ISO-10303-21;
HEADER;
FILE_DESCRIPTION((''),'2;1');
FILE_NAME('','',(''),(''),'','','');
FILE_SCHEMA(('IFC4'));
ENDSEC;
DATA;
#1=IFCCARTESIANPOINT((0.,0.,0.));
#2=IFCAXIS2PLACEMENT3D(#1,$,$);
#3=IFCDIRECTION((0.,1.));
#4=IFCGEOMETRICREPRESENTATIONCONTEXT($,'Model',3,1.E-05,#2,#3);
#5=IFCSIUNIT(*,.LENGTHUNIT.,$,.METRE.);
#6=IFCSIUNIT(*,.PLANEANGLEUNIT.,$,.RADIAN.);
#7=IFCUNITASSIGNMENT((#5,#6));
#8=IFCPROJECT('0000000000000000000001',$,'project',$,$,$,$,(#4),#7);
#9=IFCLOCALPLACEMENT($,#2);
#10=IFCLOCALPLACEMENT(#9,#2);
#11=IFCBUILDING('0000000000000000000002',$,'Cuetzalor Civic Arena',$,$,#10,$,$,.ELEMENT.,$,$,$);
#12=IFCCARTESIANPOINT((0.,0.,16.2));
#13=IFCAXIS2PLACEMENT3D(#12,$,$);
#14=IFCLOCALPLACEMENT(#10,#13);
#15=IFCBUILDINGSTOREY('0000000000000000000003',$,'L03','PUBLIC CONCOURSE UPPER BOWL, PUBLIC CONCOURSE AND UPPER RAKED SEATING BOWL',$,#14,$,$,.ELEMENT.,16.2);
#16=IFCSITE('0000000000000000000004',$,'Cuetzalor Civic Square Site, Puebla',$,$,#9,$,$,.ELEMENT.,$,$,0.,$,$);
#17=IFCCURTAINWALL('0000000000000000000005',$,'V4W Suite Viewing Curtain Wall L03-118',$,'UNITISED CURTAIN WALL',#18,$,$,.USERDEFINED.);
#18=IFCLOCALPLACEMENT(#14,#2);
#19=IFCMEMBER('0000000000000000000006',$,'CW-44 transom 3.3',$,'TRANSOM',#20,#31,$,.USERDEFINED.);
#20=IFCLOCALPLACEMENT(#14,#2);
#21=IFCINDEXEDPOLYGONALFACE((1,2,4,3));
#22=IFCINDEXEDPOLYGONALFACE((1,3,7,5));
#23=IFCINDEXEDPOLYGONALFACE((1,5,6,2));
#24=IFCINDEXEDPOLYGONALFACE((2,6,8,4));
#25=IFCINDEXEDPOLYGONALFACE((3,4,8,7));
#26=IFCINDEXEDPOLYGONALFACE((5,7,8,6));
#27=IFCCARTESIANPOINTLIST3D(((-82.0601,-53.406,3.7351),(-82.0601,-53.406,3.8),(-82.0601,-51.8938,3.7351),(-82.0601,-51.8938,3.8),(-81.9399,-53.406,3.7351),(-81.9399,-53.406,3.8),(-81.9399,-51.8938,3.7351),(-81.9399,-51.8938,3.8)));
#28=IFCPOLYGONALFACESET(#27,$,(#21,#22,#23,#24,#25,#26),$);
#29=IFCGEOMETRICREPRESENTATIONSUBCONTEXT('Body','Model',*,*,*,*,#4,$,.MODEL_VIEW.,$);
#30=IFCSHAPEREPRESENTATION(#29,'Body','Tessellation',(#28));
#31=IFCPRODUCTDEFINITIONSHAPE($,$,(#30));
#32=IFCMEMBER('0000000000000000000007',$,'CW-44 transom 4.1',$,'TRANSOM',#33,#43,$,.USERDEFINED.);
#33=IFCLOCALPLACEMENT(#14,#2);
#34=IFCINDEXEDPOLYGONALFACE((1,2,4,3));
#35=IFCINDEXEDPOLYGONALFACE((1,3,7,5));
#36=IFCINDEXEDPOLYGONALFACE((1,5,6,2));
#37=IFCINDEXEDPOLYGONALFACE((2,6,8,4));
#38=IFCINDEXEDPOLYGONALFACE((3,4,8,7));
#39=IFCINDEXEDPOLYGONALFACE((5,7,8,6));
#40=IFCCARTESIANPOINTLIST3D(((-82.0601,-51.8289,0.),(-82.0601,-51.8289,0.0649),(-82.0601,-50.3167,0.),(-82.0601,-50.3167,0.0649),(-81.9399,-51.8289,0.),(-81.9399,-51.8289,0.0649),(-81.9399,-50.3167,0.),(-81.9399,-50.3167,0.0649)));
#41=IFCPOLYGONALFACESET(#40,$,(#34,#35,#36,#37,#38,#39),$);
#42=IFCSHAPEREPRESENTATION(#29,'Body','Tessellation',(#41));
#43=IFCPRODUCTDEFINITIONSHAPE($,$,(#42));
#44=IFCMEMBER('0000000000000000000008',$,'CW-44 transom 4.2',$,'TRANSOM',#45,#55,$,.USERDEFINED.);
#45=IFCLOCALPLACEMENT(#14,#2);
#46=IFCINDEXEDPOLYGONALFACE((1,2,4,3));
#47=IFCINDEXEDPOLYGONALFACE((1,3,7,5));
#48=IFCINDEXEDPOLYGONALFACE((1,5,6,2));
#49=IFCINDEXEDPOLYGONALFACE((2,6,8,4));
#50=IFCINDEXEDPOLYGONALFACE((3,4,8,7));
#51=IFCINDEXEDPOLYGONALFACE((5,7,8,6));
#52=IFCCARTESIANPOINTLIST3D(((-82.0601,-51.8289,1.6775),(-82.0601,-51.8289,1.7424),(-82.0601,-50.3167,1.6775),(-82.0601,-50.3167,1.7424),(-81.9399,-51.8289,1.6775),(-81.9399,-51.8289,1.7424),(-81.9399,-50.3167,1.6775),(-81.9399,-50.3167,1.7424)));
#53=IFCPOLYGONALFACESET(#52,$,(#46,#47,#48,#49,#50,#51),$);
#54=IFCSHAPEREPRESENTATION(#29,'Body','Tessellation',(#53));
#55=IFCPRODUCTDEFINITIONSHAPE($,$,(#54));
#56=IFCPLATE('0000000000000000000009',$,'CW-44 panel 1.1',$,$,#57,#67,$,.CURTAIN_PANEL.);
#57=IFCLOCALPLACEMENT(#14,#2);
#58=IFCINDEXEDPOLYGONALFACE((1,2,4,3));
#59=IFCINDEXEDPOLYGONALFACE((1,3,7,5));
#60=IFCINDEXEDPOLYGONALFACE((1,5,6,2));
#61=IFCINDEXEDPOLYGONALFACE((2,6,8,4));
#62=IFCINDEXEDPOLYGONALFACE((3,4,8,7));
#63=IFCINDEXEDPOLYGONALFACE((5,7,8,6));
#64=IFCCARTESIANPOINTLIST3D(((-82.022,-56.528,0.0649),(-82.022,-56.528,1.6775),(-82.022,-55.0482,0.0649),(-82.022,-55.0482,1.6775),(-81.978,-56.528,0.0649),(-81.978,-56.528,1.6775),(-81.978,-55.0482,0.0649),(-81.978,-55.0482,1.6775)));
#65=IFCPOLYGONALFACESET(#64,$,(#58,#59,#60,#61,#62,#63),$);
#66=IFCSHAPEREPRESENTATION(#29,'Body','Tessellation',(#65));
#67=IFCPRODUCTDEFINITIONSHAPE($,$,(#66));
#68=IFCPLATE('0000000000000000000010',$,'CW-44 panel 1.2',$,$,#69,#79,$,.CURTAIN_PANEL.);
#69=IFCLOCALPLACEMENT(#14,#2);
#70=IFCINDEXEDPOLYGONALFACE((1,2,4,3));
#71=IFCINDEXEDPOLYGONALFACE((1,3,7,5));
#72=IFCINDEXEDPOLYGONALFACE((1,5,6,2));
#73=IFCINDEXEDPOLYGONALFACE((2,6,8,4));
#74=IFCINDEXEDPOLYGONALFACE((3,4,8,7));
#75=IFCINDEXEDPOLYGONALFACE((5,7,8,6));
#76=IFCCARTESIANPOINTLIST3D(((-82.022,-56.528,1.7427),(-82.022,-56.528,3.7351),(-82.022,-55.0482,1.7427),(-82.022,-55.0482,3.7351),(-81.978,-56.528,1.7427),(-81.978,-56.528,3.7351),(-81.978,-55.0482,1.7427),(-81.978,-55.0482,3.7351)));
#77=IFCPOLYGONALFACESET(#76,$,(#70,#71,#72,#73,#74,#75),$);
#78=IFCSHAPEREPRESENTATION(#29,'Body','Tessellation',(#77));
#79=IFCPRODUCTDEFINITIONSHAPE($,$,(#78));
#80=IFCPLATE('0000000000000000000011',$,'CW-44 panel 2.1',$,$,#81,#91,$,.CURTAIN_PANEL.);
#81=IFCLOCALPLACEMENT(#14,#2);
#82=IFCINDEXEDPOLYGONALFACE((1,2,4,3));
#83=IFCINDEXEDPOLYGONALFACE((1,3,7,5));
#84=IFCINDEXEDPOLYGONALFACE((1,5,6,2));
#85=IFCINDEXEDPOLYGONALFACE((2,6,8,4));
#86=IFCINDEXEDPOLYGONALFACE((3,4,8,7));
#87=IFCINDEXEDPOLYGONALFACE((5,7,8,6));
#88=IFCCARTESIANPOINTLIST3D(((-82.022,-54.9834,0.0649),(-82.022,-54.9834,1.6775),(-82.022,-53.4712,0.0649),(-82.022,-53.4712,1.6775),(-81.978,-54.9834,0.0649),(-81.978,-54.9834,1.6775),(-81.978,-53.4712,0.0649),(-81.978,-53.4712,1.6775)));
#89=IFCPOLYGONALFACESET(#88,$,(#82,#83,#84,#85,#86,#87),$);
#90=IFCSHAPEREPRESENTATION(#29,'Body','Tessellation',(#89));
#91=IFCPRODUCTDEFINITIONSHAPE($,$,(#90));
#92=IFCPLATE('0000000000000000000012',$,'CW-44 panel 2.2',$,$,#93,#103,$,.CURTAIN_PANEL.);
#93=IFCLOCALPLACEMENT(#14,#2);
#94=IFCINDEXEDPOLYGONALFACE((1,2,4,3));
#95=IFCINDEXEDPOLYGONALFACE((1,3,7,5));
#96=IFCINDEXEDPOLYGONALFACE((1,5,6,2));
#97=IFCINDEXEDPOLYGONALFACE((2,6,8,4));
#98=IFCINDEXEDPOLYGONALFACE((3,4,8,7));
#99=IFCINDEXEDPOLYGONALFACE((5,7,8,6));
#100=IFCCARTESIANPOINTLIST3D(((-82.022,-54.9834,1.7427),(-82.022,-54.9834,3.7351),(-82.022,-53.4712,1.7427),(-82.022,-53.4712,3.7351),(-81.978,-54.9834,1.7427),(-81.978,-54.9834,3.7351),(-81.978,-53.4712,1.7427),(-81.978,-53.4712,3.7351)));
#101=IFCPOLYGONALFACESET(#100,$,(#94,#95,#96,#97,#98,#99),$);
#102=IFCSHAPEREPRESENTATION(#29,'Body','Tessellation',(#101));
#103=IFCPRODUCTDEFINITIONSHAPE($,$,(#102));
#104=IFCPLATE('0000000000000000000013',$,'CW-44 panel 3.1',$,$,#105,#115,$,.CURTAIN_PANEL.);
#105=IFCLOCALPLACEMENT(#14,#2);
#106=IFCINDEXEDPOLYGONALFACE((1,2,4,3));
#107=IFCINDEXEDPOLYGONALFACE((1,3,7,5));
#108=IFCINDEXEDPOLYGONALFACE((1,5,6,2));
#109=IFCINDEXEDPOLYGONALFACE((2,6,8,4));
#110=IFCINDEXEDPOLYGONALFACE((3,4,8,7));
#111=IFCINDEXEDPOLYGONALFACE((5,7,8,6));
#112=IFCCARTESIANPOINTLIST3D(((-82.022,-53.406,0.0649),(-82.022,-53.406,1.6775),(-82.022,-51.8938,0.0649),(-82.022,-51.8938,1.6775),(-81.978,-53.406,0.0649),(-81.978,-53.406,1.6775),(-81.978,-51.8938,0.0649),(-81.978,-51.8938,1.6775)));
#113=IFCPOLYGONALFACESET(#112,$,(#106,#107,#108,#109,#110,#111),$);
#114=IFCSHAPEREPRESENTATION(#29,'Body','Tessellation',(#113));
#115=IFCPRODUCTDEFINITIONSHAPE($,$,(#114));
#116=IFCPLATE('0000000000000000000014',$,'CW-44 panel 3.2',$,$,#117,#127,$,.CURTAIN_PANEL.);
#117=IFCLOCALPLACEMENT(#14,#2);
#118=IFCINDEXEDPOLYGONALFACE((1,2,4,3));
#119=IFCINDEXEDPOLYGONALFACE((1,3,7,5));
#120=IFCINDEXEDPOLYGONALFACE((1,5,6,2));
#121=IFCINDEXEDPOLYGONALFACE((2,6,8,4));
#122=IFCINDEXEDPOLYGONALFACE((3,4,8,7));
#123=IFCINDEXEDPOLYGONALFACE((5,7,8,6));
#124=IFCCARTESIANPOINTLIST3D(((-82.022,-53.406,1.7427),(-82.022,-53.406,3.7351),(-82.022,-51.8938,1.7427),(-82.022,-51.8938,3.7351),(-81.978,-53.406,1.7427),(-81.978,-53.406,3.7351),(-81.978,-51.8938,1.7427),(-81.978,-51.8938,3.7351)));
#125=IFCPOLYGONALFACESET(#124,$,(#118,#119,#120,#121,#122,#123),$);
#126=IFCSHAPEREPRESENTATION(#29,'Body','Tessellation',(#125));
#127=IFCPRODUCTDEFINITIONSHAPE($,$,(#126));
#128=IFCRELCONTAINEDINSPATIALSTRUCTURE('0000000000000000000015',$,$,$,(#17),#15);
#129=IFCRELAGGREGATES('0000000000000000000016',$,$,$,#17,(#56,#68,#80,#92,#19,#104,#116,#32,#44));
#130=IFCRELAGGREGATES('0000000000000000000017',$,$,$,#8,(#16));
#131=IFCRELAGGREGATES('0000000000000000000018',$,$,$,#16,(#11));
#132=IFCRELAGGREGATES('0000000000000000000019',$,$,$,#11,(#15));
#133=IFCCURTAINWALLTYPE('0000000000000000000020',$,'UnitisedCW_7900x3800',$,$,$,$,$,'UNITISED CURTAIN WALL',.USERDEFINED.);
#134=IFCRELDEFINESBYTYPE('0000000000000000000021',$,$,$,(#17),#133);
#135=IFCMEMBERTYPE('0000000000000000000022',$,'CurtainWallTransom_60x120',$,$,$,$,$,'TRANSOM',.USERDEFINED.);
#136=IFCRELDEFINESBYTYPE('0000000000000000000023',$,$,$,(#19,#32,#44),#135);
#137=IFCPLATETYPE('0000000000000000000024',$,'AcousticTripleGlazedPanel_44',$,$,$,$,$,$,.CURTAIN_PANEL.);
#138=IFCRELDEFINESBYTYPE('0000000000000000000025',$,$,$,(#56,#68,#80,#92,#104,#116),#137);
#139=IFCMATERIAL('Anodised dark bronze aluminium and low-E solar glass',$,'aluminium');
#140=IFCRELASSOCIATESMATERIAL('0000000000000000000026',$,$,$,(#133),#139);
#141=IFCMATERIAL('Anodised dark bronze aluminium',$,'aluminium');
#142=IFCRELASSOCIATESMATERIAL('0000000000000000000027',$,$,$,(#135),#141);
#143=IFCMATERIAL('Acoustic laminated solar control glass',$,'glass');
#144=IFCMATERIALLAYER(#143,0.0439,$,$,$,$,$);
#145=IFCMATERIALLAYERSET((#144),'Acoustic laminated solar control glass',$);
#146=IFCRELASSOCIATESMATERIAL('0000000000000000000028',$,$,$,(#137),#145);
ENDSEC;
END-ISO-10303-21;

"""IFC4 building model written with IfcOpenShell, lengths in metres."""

from ifc_helpers import new_model, si_unit, direction, frame, origin, origin_2d, place, context, subcontext, project, spatial, rectangle, extrude, material, layer, layer_set, material_profile, profile_set, type_object, element, aggregate, save


model = new_model("IFC4")

# Units and contexts
model_context = context("Model", 3, precision=1e-05, world=origin(), true_north=direction((0.0, 1.0)))
body_context = subcontext(model_context, "Body", "Model", "MODEL_VIEW")
ifc_project = project(units=[si_unit("LENGTHUNIT", "METRE"), si_unit("PLANEANGLEUNIT", "RADIAN")], contexts=[model_context])

# Site, building, storey
site_placement = place(None, origin())
site = spatial("IfcSite", under=ifc_project, at=site_placement, Name="Cuetzalor Civic Square Site, Puebla", CompositionType="ELEMENT", RefElevation=0.0)
building_placement = place(site_placement, origin())
building = spatial("IfcBuilding", under=site, at=building_placement, Name="Cuetzalor Civic Arena", CompositionType="ELEMENT")
storey_placement = place(building_placement, frame((0.0, 0.0, 16.2)))
storey = spatial("IfcBuildingStorey", under=building, at=storey_placement, Name="L03", Description="PUBLIC CONCOURSE UPPER BOWL, PUBLIC CONCOURSE AND UPPER RAKED SEATING BOWL", CompositionType="ELEMENT", Elevation=16.2)

# Curtain wall, members, plates
ifc_material_1 = material(Name="Anodised dark bronze aluminium and low-E solar glass", Category="aluminium")
curtain_wall_type = type_object("IfcCurtainWallType", Name="UnitisedCW_7900x3800", ElementType="UNITISED CURTAIN WALL", PredefinedType="USERDEFINED", material=ifc_material_1)
curtain_wall_placement = place(storey_placement, origin())
curtain_wall = element("IfcCurtainWall", 1, at=curtain_wall_placement, inside=storey, type_object=curtain_wall_type, Name="V4W Suite Viewing Curtain Wall L03-118", ObjectType="UNITISED CURTAIN WALL", PredefinedType="USERDEFINED")
ifc_material_2 = material(Name="Anodised dark bronze aluminium", Category="aluminium")
ifc_material_profile_1 = material_profile(ifc_material_2, rectangle(XDim=0.1201, YDim=0.0649, at=origin_2d()), Name="ALU TRANSOM 65x120")
ifc_profile_set_1 = profile_set([ifc_material_profile_1], Name="Anodised dark bronze aluminium")
member_type_1 = type_object("IfcMemberType", Name="CurtainWallTransom_60x120", ElementType="TRANSOM", PredefinedType="USERDEFINED", material=ifc_profile_set_1)
member_1_placement = place(storey_placement, frame((-82.0, -53.406, 3.7676), z_axis=(0.0, 1.0, 0.0), x_axis=(-1.0, 0.0, 0.0)))
member_1 = element("IfcMember", 2, at=member_1_placement, type_object=member_type_1, Name="CW-44 transom 3.3", ObjectType="TRANSOM", PredefinedType="USERDEFINED", context=body_context, shape_type="SweptSolid", body=[
    extrude(rectangle(XDim=0.1201, YDim=0.0649, at=origin_2d()), origin(), (0.0, 0.0, 1.0), 1.5122),
])
member_2_placement = place(storey_placement, frame((-82.0, -51.8289, 0.0325), z_axis=(0.0, 1.0, 0.0), x_axis=(-1.0, 0.0, 0.0)))
member_2 = element("IfcMember", 3, at=member_2_placement, type_object=member_type_1, Name="CW-44 transom 4.1", ObjectType="TRANSOM", PredefinedType="USERDEFINED", context=body_context, shape_type="SweptSolid", body=[
    extrude(rectangle(XDim=0.1201, YDim=0.0649, at=origin_2d()), origin(), (0.0, 0.0, 1.0), 1.5122),
])
member_3_placement = place(storey_placement, frame((-82.0, -51.8289, 1.71), z_axis=(0.0, 1.0, 0.0), x_axis=(-1.0, 0.0, 0.0)))
member_3 = element("IfcMember", 4, at=member_3_placement, type_object=member_type_1, Name="CW-44 transom 4.2", ObjectType="TRANSOM", PredefinedType="USERDEFINED", context=body_context, shape_type="SweptSolid", body=[
    extrude(rectangle(XDim=0.1201, YDim=0.0649, at=origin_2d()), origin(), (0.0, 0.0, 1.0), 1.5122),
])
ifc_material_3 = material(Name="Acoustic laminated solar control glass", Category="glass")
ifc_layer = layer(ifc_material_3, 0.0439)
ifc_layer_set = layer_set([ifc_layer], Name="Acoustic laminated solar control glass")
plate_type = type_object("IfcPlateType", Name="AcousticTripleGlazedPanel_44", PredefinedType="CURTAIN_PANEL", material=ifc_layer_set)
plate_1_placement = place(storey_placement, frame((-82.0, -55.7881, 0.0649), z_axis=(0.0, 0.0, 1.0), x_axis=(0.0, 1.0, 0.0)))
plate_1 = element("IfcPlate", 5, at=plate_1_placement, type_object=plate_type, Name="CW-44 panel 1.1", PredefinedType="CURTAIN_PANEL", context=body_context, shape_type="SweptSolid", body=[
    extrude(rectangle(XDim=1.4797, YDim=0.0439, at=origin_2d()), origin(), (0.0, 0.0, 1.0), 1.6125),
])
plate_2_placement = place(storey_placement, frame((-82.0, -55.7881, 1.7427), z_axis=(0.0, 0.0, 1.0), x_axis=(0.0, 1.0, 0.0)))
plate_2 = element("IfcPlate", 6, at=plate_2_placement, type_object=plate_type, Name="CW-44 panel 1.2", PredefinedType="CURTAIN_PANEL", context=body_context, shape_type="SweptSolid", body=[
    extrude(rectangle(XDim=1.4797, YDim=0.0439, at=origin_2d()), origin(), (0.0, 0.0, 1.0), 1.9924),
])
plate_3_placement = place(storey_placement, frame((-82.0, -54.2273, 0.0649), z_axis=(0.0, 0.0, 1.0), x_axis=(0.0, 1.0, 0.0)))
plate_3 = element("IfcPlate", 7, at=plate_3_placement, type_object=plate_type, Name="CW-44 panel 2.1", PredefinedType="CURTAIN_PANEL", context=body_context, shape_type="SweptSolid", body=[
    extrude(rectangle(XDim=1.5122, YDim=0.0439, at=origin_2d()), origin(), (0.0, 0.0, 1.0), 1.6125),
])
plate_4_placement = place(storey_placement, frame((-82.0, -54.2273, 1.7427), z_axis=(0.0, 0.0, 1.0), x_axis=(0.0, 1.0, 0.0)))
plate_4 = element("IfcPlate", 8, at=plate_4_placement, type_object=plate_type, Name="CW-44 panel 2.2", PredefinedType="CURTAIN_PANEL", context=body_context, shape_type="SweptSolid", body=[
    extrude(rectangle(XDim=1.5122, YDim=0.0439, at=origin_2d()), origin(), (0.0, 0.0, 1.0), 1.9924),
])
plate_5_placement = place(storey_placement, frame((-82.0, -52.6499, 0.0649), z_axis=(0.0, 0.0, 1.0), x_axis=(0.0, 1.0, 0.0)))
plate_5 = element("IfcPlate", 9, at=plate_5_placement, type_object=plate_type, Name="CW-44 panel 3.1", PredefinedType="CURTAIN_PANEL", context=body_context, shape_type="SweptSolid", body=[
    extrude(rectangle(XDim=1.5122, YDim=0.0439, at=origin_2d()), origin(), (0.0, 0.0, 1.0), 1.6125),
])
plate_6_placement = place(storey_placement, frame((-82.0, -52.6499, 1.7427), z_axis=(0.0, 0.0, 1.0), x_axis=(0.0, 1.0, 0.0)))
plate_6 = element("IfcPlate", 10, at=plate_6_placement, type_object=plate_type, Name="CW-44 panel 3.2", PredefinedType="CURTAIN_PANEL", context=body_context, shape_type="SweptSolid", body=[
    extrude(rectangle(XDim=1.5122, YDim=0.0439, at=origin_2d()), origin(), (0.0, 0.0, 1.0), 1.9924),
])
aggregate(curtain_wall, [plate_1, plate_2, plate_3, plate_4, member_1, plate_5, plate_6, member_2, member_3])

save(model, "model.ifc")
